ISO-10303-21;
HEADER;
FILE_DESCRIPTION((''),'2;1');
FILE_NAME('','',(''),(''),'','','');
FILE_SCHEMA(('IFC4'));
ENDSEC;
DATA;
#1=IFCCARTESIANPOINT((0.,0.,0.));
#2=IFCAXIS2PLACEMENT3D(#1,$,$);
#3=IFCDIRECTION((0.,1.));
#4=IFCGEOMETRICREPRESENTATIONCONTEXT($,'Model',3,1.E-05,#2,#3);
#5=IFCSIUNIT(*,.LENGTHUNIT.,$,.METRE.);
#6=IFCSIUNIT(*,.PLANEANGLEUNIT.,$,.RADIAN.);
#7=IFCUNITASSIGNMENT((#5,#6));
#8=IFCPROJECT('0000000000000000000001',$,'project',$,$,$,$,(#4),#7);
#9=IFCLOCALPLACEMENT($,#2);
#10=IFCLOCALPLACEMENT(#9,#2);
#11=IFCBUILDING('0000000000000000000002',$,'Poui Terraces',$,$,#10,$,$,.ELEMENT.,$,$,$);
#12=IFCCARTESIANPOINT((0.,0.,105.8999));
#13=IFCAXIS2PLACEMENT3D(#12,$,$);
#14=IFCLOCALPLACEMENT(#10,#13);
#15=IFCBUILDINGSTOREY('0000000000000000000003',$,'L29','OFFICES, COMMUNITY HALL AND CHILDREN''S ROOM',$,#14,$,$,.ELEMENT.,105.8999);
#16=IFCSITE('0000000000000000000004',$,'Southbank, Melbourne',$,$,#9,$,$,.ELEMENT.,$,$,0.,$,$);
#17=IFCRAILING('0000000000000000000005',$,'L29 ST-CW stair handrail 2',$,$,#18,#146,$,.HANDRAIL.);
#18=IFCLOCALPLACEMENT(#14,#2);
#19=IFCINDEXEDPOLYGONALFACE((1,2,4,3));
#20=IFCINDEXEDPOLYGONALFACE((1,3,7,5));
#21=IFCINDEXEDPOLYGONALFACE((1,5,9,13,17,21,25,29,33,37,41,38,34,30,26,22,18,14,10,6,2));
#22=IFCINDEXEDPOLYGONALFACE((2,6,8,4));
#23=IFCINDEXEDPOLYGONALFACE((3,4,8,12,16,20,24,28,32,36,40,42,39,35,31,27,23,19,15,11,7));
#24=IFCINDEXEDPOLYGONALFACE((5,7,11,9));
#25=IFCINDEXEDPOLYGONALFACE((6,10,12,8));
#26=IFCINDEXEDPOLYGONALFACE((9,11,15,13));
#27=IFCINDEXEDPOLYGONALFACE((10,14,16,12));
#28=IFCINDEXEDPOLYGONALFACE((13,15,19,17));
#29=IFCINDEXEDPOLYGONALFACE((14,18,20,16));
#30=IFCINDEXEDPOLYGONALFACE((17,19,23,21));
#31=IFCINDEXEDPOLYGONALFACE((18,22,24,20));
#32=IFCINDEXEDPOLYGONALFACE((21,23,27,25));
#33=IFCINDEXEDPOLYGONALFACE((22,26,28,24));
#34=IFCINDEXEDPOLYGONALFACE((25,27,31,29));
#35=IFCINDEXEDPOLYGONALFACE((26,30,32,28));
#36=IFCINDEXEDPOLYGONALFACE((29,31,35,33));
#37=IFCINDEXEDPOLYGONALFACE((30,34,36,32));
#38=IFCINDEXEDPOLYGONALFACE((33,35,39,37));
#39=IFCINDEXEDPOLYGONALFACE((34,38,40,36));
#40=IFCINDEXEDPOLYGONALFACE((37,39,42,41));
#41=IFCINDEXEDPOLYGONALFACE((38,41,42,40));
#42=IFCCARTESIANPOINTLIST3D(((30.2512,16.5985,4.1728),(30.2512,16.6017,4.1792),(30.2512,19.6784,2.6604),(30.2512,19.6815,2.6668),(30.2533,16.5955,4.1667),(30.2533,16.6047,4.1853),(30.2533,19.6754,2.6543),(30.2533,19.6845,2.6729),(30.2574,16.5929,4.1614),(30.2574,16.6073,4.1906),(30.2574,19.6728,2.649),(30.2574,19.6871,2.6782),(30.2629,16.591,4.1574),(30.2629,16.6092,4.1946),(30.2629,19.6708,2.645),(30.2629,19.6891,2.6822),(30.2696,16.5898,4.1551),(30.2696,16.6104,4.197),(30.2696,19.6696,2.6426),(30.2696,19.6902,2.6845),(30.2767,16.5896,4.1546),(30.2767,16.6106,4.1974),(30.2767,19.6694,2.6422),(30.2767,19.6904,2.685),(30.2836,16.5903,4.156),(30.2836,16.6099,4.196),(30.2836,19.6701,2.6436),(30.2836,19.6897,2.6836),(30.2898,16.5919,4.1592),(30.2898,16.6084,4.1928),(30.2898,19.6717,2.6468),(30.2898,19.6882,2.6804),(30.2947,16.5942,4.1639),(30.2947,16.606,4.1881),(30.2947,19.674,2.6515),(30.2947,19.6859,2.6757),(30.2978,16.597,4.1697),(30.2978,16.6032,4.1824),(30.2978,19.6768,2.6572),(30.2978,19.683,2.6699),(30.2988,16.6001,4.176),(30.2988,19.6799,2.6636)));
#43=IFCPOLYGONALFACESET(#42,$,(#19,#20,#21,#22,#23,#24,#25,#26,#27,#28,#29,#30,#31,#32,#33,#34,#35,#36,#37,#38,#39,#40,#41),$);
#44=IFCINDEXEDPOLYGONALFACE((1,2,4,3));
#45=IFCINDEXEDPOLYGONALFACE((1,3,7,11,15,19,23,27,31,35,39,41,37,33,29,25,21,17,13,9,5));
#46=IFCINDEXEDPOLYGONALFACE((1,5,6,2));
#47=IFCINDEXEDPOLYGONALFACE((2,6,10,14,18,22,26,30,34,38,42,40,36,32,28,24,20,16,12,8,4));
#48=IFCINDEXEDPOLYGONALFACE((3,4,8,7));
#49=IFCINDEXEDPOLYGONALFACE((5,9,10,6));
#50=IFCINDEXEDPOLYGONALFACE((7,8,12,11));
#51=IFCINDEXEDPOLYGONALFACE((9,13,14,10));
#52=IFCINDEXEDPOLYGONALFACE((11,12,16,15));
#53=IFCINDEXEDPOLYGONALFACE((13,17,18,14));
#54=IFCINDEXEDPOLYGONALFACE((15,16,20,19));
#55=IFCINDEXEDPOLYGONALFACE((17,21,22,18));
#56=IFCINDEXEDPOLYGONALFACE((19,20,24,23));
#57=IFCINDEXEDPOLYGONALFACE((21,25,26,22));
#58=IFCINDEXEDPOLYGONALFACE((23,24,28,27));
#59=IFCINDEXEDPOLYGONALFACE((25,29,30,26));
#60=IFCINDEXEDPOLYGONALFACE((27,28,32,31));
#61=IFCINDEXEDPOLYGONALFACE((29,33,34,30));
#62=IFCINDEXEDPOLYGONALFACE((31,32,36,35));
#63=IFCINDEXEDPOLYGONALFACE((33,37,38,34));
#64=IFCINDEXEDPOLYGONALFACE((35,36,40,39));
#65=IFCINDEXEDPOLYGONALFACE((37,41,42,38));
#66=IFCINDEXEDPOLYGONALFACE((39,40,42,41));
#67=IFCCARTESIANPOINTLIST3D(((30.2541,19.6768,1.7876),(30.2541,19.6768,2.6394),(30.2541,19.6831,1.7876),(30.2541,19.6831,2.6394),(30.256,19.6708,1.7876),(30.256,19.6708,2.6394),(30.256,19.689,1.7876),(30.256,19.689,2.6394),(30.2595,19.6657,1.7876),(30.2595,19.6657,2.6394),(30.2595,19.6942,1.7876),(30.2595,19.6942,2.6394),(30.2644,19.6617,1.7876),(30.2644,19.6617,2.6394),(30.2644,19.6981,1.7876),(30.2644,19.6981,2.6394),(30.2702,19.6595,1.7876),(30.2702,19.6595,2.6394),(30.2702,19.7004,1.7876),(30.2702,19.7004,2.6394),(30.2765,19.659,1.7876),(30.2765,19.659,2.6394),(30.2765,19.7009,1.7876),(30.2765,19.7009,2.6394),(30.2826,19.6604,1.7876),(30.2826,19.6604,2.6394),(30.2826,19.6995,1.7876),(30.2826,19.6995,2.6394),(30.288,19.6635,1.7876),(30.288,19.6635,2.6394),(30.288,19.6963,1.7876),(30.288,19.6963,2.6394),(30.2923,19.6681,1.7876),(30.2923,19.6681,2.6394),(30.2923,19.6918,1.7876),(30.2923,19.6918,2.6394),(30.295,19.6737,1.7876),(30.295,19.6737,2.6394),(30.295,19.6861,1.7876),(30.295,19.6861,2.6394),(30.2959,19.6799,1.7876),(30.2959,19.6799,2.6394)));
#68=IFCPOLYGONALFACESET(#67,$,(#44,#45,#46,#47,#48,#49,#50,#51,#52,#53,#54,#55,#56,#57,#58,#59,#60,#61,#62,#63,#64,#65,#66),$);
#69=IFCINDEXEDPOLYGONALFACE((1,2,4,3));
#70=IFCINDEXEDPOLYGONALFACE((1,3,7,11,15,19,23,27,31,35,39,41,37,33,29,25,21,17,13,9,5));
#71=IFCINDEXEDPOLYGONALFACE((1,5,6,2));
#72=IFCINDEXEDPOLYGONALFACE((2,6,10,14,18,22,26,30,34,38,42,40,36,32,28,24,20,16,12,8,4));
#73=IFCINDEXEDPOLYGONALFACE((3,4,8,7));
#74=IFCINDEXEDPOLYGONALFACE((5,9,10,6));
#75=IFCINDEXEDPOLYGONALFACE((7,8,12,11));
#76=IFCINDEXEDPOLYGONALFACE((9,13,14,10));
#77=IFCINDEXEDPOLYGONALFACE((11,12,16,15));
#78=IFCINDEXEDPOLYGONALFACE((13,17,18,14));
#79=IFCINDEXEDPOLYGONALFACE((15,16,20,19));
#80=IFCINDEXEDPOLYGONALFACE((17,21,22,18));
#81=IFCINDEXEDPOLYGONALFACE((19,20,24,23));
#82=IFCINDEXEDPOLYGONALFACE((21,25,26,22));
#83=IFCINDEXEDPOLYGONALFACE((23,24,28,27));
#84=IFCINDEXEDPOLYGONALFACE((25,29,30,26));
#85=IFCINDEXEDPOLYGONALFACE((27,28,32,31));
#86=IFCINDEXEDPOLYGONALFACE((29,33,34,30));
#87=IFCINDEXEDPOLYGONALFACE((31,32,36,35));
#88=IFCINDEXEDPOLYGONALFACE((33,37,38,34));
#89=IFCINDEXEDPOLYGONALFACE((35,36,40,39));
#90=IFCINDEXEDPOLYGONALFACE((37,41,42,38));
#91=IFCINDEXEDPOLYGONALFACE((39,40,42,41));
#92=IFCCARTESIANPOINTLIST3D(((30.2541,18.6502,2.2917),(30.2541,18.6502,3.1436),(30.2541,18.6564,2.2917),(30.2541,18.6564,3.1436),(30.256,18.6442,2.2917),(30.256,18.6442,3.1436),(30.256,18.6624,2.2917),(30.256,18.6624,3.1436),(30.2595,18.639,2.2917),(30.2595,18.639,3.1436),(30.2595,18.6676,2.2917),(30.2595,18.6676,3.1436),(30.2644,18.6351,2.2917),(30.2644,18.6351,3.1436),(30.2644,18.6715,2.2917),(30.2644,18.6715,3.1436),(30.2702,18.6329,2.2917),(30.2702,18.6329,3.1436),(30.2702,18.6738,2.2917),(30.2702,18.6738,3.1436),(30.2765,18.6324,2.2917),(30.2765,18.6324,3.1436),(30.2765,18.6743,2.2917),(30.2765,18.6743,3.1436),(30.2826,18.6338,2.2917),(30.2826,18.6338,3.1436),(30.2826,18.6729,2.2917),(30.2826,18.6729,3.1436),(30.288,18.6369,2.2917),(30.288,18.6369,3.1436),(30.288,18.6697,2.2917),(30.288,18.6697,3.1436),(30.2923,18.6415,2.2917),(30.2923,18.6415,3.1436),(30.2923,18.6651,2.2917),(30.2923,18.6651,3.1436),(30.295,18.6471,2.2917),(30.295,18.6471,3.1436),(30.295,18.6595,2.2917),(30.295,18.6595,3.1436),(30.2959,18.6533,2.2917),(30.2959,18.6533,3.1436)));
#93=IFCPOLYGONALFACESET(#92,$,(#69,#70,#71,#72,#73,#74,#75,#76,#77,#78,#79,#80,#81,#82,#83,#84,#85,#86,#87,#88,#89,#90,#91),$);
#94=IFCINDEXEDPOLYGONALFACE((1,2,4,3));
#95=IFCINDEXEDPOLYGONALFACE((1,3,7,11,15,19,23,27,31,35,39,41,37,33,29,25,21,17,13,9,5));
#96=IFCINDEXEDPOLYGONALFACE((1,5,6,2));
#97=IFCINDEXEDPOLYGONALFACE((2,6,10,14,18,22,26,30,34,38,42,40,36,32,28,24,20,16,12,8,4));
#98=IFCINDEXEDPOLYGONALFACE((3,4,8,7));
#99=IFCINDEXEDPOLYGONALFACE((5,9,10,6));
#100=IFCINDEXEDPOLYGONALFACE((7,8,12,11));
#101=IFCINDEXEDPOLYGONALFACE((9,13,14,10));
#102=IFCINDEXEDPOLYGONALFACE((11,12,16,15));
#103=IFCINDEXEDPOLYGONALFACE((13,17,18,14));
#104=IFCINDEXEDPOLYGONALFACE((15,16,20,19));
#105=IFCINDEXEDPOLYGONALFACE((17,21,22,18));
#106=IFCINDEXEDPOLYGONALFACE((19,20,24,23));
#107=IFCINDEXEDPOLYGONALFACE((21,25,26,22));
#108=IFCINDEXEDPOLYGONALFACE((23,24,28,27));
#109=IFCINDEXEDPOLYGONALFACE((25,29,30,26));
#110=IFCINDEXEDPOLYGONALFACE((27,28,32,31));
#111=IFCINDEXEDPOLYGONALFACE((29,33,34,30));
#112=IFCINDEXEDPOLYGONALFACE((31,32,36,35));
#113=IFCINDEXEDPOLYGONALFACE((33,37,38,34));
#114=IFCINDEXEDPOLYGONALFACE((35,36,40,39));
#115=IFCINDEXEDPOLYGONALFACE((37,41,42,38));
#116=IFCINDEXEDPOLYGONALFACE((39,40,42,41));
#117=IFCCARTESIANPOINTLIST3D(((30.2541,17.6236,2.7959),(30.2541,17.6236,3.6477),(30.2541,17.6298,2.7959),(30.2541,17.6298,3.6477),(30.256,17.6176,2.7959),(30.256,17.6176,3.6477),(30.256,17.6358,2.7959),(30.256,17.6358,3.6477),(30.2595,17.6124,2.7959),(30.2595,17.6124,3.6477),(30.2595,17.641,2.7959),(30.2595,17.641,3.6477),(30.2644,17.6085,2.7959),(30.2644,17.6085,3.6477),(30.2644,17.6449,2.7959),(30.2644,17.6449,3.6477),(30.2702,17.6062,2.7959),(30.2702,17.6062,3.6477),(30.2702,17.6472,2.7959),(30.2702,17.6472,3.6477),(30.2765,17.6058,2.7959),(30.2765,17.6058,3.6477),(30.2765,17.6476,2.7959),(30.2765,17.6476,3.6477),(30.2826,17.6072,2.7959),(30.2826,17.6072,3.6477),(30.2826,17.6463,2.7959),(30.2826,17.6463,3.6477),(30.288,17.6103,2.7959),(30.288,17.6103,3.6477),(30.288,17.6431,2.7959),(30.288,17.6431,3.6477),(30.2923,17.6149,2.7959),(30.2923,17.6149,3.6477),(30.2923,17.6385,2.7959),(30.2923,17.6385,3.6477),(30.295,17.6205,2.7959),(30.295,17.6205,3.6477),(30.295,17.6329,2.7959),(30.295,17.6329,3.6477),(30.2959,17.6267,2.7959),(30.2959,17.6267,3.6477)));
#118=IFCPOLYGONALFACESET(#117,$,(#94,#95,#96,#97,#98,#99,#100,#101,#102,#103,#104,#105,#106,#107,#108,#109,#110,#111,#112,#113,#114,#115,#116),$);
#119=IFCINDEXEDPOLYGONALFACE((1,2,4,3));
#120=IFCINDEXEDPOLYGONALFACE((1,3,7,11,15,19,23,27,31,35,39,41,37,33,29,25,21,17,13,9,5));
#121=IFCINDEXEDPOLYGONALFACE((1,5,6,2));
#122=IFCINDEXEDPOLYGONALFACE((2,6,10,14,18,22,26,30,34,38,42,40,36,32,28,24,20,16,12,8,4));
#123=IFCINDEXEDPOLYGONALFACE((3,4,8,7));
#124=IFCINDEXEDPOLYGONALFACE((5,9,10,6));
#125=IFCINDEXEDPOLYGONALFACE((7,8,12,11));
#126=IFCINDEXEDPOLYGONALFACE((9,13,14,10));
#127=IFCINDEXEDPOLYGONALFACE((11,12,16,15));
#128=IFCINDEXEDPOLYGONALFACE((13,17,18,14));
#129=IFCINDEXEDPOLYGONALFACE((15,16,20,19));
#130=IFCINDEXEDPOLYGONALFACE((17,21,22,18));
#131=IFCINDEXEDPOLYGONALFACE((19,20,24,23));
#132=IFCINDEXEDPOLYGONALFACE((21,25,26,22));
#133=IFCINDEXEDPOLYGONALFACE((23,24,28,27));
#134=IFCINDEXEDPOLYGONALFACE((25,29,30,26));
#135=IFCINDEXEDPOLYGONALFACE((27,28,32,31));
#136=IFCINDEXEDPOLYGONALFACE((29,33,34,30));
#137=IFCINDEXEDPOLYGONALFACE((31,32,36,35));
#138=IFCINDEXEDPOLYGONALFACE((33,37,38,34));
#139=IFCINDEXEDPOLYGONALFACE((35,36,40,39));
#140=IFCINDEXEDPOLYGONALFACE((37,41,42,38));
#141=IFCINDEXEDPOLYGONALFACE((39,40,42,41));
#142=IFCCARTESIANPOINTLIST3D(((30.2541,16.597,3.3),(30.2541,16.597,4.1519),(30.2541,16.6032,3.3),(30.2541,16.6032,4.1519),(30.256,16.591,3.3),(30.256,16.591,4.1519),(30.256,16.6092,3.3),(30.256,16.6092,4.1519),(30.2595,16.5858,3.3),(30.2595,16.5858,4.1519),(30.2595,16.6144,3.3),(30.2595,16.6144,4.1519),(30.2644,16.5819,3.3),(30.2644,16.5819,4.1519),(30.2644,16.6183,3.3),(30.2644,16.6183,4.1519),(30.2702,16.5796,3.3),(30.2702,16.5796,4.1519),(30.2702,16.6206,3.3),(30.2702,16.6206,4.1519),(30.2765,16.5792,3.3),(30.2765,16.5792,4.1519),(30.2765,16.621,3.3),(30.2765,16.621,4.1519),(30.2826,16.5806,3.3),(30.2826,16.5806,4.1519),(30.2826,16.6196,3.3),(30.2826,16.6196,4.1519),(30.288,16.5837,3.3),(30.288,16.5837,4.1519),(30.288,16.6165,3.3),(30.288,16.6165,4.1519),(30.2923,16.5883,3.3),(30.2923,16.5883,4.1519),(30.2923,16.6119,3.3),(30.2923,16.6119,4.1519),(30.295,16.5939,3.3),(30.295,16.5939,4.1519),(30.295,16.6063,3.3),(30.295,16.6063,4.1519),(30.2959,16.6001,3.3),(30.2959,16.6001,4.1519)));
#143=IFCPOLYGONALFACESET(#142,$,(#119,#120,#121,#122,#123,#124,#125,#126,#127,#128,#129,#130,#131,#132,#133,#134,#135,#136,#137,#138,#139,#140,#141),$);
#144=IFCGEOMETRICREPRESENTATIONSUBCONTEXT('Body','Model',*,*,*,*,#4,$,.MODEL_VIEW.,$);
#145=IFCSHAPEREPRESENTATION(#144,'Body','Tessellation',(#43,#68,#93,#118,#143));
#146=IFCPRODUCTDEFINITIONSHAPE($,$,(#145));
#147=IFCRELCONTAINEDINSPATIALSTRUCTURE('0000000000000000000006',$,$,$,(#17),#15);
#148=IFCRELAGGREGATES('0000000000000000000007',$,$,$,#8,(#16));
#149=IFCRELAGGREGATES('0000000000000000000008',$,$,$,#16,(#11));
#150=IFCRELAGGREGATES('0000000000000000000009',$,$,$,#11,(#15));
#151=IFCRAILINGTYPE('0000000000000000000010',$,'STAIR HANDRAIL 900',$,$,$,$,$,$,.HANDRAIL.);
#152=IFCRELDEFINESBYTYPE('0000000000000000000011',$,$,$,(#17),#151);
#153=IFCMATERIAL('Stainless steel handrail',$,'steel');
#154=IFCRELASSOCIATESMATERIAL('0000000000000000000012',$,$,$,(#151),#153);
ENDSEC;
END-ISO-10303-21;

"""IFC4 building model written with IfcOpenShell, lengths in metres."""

from ifc_helpers import new_model, si_unit, direction, frame, origin, origin_2d, place, context, subcontext, project, spatial, circle, extrude, material, type_object, element, save


model = new_model("IFC4")

# Units and contexts
model_context = context("Model", 3, precision=1e-05, world=origin(), true_north=direction((0.0, 1.0)))
body_context = subcontext(model_context, "Body", "Model", "MODEL_VIEW")
ifc_project = project(units=[si_unit("LENGTHUNIT", "METRE"), si_unit("PLANEANGLEUNIT", "RADIAN")], contexts=[model_context])

# Site, building, storey
site_placement = place(None, origin())
site = spatial("IfcSite", under=ifc_project, at=site_placement, Name="Southbank, Melbourne", CompositionType="ELEMENT", RefElevation=0.0)
building_placement = place(site_placement, origin())
building = spatial("IfcBuilding", under=site, at=building_placement, Name="Poui Terraces", CompositionType="ELEMENT")
storey_placement = place(building_placement, frame((0.0, 0.0, 105.8999)))
storey = spatial("IfcBuildingStorey", under=building, at=storey_placement, Name="L29", Description="OFFICES, COMMUNITY HALL AND CHILDREN'S ROOM", CompositionType="ELEMENT", Elevation=105.8999)

# Railing
ifc_material_1 = material(Name="Stainless steel handrail", Category="steel")
railing_type_1 = type_object("IfcRailingType", Name="STAIR HANDRAIL 900", PredefinedType="HANDRAIL", material=ifc_material_1)
railing_1_placement = place(storey_placement, frame((30.2749, 19.6799, 1.7876)))
element("IfcRailing", 1, at=railing_1_placement, inside=storey, type_object=railing_type_1, Name="L29 ST-CW stair handrail 2", PredefinedType="HANDRAIL", context=body_context, shape_type="SweptSolid", body=[
    extrude(circle(Radius=0.0239, at=origin_2d()), frame((0.0, 0.0, 0.876), z_axis=(0.0, -0.897606, 0.440798), x_axis=(1.0, 0.0, 0.0)), (0.0, 0.0, 1.0), 3.4312),
    extrude(circle(Radius=0.021, at=origin_2d()), origin(), (0.0, 0.0, 1.0), 0.8518),
    extrude(circle(Radius=0.021, at=origin_2d()), frame((0.0, -1.0266, 0.5042)), (0.0, 0.0, 1.0), 0.8518),
    extrude(circle(Radius=0.021, at=origin_2d()), frame((0.0, -2.0532, 1.0083)), (0.0, 0.0, 1.0), 0.8518),
    extrude(circle(Radius=0.021, at=origin_2d()), frame((0.0, -3.0798, 1.5125)), (0.0, 0.0, 1.0), 0.8518),
])

save(model, "model.ifc")
